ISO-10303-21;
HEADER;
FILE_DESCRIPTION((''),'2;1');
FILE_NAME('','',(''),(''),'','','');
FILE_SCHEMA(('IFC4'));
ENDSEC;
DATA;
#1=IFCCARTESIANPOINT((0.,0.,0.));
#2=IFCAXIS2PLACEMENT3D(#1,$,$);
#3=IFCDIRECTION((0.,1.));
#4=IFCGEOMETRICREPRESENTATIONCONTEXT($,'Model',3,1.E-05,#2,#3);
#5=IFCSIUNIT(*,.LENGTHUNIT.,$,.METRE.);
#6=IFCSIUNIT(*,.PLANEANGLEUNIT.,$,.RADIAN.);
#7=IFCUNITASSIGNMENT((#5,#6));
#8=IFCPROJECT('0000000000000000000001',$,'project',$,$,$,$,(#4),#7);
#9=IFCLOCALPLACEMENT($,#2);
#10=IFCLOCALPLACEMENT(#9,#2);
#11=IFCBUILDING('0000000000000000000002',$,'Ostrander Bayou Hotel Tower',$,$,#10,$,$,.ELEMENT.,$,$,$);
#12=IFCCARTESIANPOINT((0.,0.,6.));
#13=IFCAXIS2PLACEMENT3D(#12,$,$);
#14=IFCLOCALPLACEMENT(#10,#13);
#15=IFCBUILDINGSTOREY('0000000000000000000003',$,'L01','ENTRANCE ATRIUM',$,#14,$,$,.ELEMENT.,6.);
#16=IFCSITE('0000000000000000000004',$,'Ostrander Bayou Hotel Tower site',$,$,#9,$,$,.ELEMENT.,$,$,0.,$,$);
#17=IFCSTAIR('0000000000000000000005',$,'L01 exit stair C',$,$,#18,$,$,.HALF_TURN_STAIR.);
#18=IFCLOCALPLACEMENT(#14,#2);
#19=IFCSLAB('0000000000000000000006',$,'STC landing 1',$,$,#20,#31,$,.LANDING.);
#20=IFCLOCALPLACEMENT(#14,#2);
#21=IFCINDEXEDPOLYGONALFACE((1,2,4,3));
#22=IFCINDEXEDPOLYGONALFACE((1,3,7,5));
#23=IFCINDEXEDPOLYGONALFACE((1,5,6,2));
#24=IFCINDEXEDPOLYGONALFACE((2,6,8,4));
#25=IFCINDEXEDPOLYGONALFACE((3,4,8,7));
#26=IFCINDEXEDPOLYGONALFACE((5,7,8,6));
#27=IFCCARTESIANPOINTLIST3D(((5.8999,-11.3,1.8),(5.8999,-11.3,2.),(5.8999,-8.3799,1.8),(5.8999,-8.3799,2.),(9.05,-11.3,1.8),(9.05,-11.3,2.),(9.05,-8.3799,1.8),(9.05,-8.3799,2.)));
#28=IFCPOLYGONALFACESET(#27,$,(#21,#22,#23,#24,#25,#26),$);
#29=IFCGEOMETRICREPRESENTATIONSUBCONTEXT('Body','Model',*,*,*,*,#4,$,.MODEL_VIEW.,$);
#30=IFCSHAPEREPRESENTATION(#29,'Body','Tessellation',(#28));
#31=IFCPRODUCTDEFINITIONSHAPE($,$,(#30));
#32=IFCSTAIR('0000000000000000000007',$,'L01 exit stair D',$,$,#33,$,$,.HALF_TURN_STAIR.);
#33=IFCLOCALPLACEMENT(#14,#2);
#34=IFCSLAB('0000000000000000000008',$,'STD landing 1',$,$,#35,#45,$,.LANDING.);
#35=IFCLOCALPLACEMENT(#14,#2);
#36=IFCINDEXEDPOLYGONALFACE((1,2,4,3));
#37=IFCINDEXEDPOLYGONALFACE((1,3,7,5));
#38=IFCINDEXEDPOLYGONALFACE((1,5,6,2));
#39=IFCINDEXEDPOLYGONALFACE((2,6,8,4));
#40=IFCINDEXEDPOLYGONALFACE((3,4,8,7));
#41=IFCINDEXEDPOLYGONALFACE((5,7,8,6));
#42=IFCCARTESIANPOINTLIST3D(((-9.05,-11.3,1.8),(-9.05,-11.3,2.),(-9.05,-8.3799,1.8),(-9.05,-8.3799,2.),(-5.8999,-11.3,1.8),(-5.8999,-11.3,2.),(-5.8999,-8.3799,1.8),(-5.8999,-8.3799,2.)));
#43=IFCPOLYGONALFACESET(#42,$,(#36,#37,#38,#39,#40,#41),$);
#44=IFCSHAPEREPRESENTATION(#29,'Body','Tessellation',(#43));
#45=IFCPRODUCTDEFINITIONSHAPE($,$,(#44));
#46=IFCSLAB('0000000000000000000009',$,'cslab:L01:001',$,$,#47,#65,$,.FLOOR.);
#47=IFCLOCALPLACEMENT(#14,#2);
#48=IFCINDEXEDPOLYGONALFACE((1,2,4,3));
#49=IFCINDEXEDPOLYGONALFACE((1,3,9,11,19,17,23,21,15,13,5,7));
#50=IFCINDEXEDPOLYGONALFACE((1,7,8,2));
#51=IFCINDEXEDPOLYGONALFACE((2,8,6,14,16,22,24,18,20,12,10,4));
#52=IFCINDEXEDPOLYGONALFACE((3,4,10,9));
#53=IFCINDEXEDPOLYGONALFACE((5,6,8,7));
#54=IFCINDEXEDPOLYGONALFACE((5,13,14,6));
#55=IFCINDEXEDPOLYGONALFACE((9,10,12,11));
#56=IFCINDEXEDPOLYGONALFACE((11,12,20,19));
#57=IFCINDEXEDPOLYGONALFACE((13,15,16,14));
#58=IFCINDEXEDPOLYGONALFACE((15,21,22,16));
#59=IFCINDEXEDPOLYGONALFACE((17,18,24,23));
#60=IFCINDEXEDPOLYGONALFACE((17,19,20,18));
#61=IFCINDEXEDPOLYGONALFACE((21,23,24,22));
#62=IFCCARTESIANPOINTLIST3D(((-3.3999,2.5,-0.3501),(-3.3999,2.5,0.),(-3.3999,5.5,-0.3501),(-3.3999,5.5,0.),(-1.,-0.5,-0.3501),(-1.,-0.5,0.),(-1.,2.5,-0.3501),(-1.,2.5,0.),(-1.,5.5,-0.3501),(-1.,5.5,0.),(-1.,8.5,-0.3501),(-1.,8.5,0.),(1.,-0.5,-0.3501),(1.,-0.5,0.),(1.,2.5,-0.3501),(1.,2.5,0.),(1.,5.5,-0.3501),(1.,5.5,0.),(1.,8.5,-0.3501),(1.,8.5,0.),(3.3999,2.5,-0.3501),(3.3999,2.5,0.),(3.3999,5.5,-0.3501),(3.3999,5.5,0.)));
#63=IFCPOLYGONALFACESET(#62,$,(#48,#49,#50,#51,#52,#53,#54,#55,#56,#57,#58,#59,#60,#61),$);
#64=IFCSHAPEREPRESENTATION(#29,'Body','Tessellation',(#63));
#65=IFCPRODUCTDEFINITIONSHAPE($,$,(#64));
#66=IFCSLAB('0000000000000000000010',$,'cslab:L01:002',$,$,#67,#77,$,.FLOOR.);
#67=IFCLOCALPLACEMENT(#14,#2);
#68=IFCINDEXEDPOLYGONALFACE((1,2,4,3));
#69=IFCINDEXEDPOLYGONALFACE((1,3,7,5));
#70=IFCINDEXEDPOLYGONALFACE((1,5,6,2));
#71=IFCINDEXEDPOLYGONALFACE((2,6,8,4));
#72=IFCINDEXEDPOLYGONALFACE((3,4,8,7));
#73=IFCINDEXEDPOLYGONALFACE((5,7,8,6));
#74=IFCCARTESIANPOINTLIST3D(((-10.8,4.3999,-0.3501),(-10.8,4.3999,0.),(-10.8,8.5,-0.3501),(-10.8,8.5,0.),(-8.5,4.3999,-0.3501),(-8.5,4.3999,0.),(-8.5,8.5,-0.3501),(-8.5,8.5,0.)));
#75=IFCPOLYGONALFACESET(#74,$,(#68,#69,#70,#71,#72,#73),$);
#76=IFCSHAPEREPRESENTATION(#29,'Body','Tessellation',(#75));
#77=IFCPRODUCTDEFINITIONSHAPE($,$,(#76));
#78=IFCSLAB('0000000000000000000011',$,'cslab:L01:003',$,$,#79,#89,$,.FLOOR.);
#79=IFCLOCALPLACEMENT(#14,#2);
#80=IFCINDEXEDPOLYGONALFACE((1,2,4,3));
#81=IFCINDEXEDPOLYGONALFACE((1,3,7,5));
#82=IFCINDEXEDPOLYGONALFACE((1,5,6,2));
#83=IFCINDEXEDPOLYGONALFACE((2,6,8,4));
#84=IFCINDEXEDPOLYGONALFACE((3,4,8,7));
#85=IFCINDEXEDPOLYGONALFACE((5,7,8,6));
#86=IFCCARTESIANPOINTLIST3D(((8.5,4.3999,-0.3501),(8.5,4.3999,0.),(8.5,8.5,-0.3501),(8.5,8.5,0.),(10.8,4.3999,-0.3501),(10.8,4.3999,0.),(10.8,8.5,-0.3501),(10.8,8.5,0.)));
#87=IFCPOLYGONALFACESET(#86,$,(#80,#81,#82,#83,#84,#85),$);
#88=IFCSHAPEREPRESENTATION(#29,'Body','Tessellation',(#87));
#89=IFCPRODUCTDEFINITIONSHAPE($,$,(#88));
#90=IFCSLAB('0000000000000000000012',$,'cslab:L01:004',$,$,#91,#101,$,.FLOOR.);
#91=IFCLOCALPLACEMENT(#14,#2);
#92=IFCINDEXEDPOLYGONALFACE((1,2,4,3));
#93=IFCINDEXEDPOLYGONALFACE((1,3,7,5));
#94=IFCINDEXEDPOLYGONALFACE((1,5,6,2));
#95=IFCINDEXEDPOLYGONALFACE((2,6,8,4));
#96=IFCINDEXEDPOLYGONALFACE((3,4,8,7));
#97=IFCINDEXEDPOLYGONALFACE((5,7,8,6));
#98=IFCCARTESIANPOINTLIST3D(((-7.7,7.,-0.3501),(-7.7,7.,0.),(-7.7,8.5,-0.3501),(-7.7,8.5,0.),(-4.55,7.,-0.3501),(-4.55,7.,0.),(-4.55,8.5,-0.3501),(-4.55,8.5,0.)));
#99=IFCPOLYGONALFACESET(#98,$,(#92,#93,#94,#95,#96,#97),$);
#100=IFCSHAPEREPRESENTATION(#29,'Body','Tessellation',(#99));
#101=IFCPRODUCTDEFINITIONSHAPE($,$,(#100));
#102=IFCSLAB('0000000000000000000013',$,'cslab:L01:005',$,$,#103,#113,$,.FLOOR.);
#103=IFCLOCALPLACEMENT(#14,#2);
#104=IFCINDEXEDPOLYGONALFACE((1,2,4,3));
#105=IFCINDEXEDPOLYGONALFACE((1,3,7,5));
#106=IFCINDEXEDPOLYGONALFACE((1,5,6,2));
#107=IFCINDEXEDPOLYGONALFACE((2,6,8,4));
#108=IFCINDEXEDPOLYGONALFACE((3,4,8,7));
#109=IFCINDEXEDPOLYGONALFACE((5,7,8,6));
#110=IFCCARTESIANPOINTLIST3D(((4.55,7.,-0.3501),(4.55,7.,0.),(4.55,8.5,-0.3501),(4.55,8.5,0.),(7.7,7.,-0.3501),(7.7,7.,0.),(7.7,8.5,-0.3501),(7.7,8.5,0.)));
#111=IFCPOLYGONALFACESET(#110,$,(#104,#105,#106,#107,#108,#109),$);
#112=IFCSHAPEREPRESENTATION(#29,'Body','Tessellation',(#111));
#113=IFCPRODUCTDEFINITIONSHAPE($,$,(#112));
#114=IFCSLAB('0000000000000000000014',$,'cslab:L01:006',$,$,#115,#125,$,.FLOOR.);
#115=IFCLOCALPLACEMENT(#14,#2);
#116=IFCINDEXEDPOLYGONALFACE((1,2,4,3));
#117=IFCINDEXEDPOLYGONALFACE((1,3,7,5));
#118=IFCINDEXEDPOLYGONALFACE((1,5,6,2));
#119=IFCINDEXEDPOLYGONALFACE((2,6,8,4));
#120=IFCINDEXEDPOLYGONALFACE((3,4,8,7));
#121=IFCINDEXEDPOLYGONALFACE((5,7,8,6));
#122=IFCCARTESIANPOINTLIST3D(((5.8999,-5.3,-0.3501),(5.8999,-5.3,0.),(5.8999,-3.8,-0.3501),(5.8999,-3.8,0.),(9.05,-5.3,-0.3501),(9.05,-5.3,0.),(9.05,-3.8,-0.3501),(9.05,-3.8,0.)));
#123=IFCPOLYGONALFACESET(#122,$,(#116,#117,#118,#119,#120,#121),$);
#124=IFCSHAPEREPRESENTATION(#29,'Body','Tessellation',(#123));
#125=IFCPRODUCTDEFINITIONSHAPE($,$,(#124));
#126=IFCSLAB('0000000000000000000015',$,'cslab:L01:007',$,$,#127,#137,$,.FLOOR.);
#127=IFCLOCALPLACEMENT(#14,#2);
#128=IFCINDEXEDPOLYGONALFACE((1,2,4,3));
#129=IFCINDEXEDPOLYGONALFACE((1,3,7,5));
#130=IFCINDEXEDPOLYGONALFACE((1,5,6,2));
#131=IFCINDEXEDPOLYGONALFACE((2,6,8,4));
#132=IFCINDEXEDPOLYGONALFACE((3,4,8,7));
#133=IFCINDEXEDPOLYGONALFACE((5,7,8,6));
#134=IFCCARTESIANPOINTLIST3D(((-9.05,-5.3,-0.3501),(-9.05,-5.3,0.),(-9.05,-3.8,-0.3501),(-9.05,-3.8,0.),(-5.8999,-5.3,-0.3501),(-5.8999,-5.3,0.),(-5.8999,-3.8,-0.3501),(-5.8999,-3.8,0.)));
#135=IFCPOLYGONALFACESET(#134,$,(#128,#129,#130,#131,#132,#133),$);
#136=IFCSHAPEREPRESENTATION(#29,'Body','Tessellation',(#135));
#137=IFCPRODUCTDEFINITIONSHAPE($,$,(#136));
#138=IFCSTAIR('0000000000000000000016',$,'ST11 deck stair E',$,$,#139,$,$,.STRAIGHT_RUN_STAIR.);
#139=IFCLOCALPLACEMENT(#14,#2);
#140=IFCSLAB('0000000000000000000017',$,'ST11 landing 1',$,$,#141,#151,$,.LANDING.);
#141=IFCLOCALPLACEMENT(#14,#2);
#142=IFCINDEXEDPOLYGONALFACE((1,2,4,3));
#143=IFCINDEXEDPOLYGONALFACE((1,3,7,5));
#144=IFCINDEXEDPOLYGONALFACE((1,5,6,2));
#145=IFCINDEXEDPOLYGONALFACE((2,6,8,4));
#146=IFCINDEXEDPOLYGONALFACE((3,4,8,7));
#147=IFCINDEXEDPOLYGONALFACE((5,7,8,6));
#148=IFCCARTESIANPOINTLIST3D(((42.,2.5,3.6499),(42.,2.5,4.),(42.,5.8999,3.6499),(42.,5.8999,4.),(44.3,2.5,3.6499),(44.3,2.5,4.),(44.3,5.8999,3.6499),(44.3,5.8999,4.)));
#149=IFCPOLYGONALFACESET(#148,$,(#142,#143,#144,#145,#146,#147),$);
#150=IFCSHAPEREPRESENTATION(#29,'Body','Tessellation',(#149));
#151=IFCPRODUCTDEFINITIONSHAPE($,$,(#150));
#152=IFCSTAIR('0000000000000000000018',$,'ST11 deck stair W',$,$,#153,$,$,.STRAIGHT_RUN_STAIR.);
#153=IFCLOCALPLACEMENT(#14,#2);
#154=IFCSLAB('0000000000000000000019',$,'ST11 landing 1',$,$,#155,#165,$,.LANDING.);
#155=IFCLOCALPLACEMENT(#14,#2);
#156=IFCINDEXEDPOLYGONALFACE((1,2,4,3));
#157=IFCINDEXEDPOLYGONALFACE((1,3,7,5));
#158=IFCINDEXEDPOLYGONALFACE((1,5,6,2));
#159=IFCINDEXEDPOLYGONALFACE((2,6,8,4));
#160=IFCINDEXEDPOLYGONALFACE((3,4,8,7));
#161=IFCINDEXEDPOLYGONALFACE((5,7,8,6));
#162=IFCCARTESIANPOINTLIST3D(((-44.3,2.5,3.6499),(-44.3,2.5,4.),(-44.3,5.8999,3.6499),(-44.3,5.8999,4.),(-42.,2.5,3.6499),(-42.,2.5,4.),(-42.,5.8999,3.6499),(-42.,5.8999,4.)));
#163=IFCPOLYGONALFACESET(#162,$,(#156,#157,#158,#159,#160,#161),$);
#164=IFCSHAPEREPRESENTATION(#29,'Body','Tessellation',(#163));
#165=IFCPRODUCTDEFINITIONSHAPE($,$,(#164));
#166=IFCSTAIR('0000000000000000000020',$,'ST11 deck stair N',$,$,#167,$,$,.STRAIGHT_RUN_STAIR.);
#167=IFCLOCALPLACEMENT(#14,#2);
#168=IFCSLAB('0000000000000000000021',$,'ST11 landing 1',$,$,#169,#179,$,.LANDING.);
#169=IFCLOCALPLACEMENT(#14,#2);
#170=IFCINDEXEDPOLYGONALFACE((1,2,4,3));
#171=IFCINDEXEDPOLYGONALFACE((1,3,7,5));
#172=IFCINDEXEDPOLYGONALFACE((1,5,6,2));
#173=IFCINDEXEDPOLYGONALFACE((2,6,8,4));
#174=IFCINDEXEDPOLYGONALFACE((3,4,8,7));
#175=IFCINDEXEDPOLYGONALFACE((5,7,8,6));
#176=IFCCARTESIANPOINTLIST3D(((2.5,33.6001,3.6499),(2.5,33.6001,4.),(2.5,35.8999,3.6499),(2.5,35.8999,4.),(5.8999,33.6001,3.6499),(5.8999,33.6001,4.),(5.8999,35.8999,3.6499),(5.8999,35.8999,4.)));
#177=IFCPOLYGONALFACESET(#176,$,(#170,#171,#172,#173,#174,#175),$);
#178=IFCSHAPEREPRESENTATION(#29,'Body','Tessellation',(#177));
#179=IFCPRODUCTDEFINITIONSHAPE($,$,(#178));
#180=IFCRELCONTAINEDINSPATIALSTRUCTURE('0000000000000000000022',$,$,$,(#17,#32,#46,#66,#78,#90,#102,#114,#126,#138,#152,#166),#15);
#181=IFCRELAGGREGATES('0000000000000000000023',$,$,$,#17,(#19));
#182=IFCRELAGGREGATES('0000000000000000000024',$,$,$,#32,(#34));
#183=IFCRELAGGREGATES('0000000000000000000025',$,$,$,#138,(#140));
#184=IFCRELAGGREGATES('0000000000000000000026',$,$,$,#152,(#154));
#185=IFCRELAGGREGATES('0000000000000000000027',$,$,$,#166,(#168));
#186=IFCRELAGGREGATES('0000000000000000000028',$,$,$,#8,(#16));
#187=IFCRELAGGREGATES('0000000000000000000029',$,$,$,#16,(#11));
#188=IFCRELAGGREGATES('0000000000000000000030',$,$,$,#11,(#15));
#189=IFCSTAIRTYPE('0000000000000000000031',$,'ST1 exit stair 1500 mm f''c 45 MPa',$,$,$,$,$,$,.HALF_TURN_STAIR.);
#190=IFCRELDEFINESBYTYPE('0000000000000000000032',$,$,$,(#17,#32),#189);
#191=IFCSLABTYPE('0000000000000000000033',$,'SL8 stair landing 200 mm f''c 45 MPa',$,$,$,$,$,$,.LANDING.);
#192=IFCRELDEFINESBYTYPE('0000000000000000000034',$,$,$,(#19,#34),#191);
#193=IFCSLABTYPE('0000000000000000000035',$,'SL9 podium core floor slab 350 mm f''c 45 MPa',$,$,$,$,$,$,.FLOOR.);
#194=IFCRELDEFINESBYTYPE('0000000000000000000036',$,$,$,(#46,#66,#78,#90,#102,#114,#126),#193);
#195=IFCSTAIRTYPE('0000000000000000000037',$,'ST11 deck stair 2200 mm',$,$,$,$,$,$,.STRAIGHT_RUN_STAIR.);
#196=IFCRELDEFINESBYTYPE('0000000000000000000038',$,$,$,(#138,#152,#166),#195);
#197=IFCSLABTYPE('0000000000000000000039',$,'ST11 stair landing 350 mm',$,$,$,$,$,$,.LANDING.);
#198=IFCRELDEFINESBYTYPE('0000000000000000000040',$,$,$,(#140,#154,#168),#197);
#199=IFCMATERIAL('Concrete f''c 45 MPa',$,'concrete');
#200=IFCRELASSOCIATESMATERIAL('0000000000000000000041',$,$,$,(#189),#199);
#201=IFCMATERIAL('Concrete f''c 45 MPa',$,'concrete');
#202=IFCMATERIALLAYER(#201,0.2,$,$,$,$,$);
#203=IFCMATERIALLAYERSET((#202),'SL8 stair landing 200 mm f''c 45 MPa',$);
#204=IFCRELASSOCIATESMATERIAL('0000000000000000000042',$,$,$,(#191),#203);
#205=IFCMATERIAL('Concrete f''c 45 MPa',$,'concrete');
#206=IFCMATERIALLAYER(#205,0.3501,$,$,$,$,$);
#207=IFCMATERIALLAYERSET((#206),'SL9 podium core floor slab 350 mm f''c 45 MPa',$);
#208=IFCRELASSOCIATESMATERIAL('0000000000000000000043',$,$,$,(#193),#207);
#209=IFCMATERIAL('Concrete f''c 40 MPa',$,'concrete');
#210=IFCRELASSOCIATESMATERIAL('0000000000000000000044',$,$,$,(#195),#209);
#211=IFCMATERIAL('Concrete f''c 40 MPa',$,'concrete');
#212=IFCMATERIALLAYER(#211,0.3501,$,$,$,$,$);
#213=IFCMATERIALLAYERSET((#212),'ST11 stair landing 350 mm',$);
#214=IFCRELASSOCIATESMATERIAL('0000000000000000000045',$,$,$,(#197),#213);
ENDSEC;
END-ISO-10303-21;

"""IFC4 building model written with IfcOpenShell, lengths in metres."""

from ifc_helpers import new_model, si_unit, direction, frame, origin, place, context, subcontext, project, spatial, polyline, outline, extrude, material, layer, layer_set, type_object, element, aggregate, save


model = new_model("IFC4")

# Units and contexts
model_context = context("Model", 3, precision=1e-05, world=origin(), true_north=direction((0.0, 1.0)))
body_context = subcontext(model_context, "Body", "Model", "MODEL_VIEW")
ifc_project = project(units=[si_unit("LENGTHUNIT", "METRE"), si_unit("PLANEANGLEUNIT", "RADIAN")], contexts=[model_context])

# Site, building, storey
site_placement = place(None, origin())
site = spatial("IfcSite", under=ifc_project, at=site_placement, Name="Ostrander Bayou Hotel Tower site", CompositionType="ELEMENT", RefElevation=0.0)
building_placement = place(site_placement, origin())
building = spatial("IfcBuilding", under=site, at=building_placement, Name="Ostrander Bayou Hotel Tower", CompositionType="ELEMENT")
storey_placement = place(building_placement, frame((0.0, 0.0, 6.0)))
storey = spatial("IfcBuildingStorey", under=building, at=storey_placement, Name="L01", Description="ENTRANCE ATRIUM", CompositionType="ELEMENT", Elevation=6.0)

# Stairs, slabs
ifc_material_1 = material(Name="Concrete f'c 45 MPa", Category="concrete")
stair_type_1 = type_object("IfcStairType", Name="ST1 exit stair 1500 mm f'c 45 MPa", PredefinedType="HALF_TURN_STAIR", material=ifc_material_1)
ifc_material_2 = material(Name="Concrete f'c 45 MPa", Category="concrete")
ifc_layer_1 = layer(ifc_material_2, 0.2)
ifc_layer_set_1 = layer_set([ifc_layer_1], Name="SL8 stair landing 200 mm f'c 45 MPa")
slab_type_1 = type_object("IfcSlabType", Name="SL8 stair landing 200 mm f'c 45 MPa", PredefinedType="LANDING", material=ifc_layer_set_1)
stair_1_placement = place(storey_placement, origin())
stair_1 = element("IfcStair", 1, at=stair_1_placement, inside=storey, type_object=stair_type_1, Name="L01 exit stair C", PredefinedType="HALF_TURN_STAIR")
slab_1_placement = place(storey_placement, frame((0.0, 0.0, 1.8)))
slab_1 = element("IfcSlab", 2, at=slab_1_placement, type_object=slab_type_1, Name="STC landing 1", PredefinedType="LANDING", context=body_context, shape_type="SweptSolid", body=[
    extrude(outline(polyline([(5.8999, -8.3799), (5.8999, -11.3), (9.05, -11.3), (9.05, -8.3799), (5.8999, -8.3799)])), origin(), (0.0, 0.0, 1.0), 0.2),
])
aggregate(stair_1, [slab_1])
stair_2_placement = place(storey_placement, origin())
stair_2 = element("IfcStair", 3, at=stair_2_placement, inside=storey, type_object=stair_type_1, Name="L01 exit stair D", PredefinedType="HALF_TURN_STAIR")
slab_2_placement = place(storey_placement, frame((0.0, 0.0, 1.8)))
slab_2 = element("IfcSlab", 4, at=slab_2_placement, type_object=slab_type_1, Name="STD landing 1", PredefinedType="LANDING", context=body_context, shape_type="SweptSolid", body=[
    extrude(outline(polyline([(-9.05, -8.3799), (-9.05, -11.3), (-5.8999, -11.3), (-5.8999, -8.3799), (-9.05, -8.3799)])), origin(), (0.0, 0.0, 1.0), 0.2),
])
aggregate(stair_2, [slab_2])

# Slabs
ifc_material_3 = material(Name="Concrete f'c 45 MPa", Category="concrete")
ifc_layer_2 = layer(ifc_material_3, 0.3501)
ifc_layer_set_2 = layer_set([ifc_layer_2], Name="SL9 podium core floor slab 350 mm f'c 45 MPa")
slab_type_2 = type_object("IfcSlabType", Name="SL9 podium core floor slab 350 mm f'c 45 MPa", PredefinedType="FLOOR", material=ifc_layer_set_2)
slab_3_placement = place(storey_placement, frame((0.0, 0.0, -0.3501)))
element("IfcSlab", 5, at=slab_3_placement, inside=storey, type_object=slab_type_2, Name="cslab:L01:001", PredefinedType="FLOOR", context=body_context, shape_type="SweptSolid", body=[
    extrude(outline(polyline([(-3.3999, 5.5), (-1.0, 5.5), (-1.0, 8.5), (1.0, 8.5), (1.0, 5.5), (3.3999, 5.5), (3.3999, 2.5), (1.0, 2.5), (1.0, -0.5), (-1.0, -0.5), (-1.0, 2.5), (-3.3999, 2.5), (-3.3999, 5.5)])), origin(), (0.0, 0.0, 1.0), 0.3501),
])
slab_4_placement = place(storey_placement, frame((0.0, 0.0, -0.3501)))
element("IfcSlab", 6, at=slab_4_placement, inside=storey, type_object=slab_type_2, Name="cslab:L01:002", PredefinedType="FLOOR", context=body_context, shape_type="SweptSolid", body=[
    extrude(outline(polyline([(-8.5, 4.3999), (-8.5, 8.5), (-10.8, 8.5), (-10.8, 4.3999), (-8.5, 4.3999)])), origin(), (0.0, 0.0, 1.0), 0.3501),
])
slab_5_placement = place(storey_placement, frame((0.0, 0.0, -0.3501)))
element("IfcSlab", 7, at=slab_5_placement, inside=storey, type_object=slab_type_2, Name="cslab:L01:003", PredefinedType="FLOOR", context=body_context, shape_type="SweptSolid", body=[
    extrude(outline(polyline([(10.8, 4.3999), (10.8, 8.5), (8.5, 8.5), (8.5, 4.3999), (10.8, 4.3999)])), origin(), (0.0, 0.0, 1.0), 0.3501),
])
slab_6_placement = place(storey_placement, frame((0.0, 0.0, -0.3501)))
element("IfcSlab", 8, at=slab_6_placement, inside=storey, type_object=slab_type_2, Name="cslab:L01:004", PredefinedType="FLOOR", context=body_context, shape_type="SweptSolid", body=[
    extrude(outline(polyline([(-4.55, 7.0), (-4.55, 8.5), (-7.7, 8.5), (-7.7, 7.0), (-4.55, 7.0)])), origin(), (0.0, 0.0, 1.0), 0.3501),
])
slab_7_placement = place(storey_placement, frame((0.0, 0.0, -0.3501)))
element("IfcSlab", 9, at=slab_7_placement, inside=storey, type_object=slab_type_2, Name="cslab:L01:005", PredefinedType="FLOOR", context=body_context, shape_type="SweptSolid", body=[
    extrude(outline(polyline([(7.7, 7.0), (7.7, 8.5), (4.55, 8.5), (4.55, 7.0), (7.7, 7.0)])), origin(), (0.0, 0.0, 1.0), 0.3501),
])
slab_8_placement = place(storey_placement, frame((0.0, 0.0, -0.3501)))
element("IfcSlab", 10, at=slab_8_placement, inside=storey, type_object=slab_type_2, Name="cslab:L01:006", PredefinedType="FLOOR", context=body_context, shape_type="SweptSolid", body=[
    extrude(outline(polyline([(9.05, -5.3), (9.05, -3.8), (5.8999, -3.8), (5.8999, -5.3), (9.05, -5.3)])), origin(), (0.0, 0.0, 1.0), 0.3501),
])
slab_9_placement = place(storey_placement, frame((0.0, 0.0, -0.3501)))
element("IfcSlab", 11, at=slab_9_placement, inside=storey, type_object=slab_type_2, Name="cslab:L01:007", PredefinedType="FLOOR", context=body_context, shape_type="SweptSolid", body=[
    extrude(outline(polyline([(-5.8999, -5.3), (-5.8999, -3.8), (-9.05, -3.8), (-9.05, -5.3), (-5.8999, -5.3)])), origin(), (0.0, 0.0, 1.0), 0.3501),
])

# Stairs, slabs
ifc_material_4 = material(Name="Concrete f'c 40 MPa", Category="concrete")
stair_type_2 = type_object("IfcStairType", Name="ST11 deck stair 2200 mm", PredefinedType="STRAIGHT_RUN_STAIR", material=ifc_material_4)
stair_3_placement = place(storey_placement, origin())
stair_3 = element("IfcStair", 12, at=stair_3_placement, inside=storey, type_object=stair_type_2, Name="ST11 deck stair E", PredefinedType="STRAIGHT_RUN_STAIR")
ifc_material_5 = material(Name="Concrete f'c 40 MPa", Category="concrete")
ifc_layer_3 = layer(ifc_material_5, 0.3501)
ifc_layer_set_3 = layer_set([ifc_layer_3], Name="ST11 stair landing 350 mm")
slab_type_3 = type_object("IfcSlabType", Name="ST11 stair landing 350 mm", PredefinedType="LANDING", material=ifc_layer_set_3)
slab_10_placement = place(storey_placement, frame((0.0, 0.0, 3.6499)))
slab_10 = element("IfcSlab", 13, at=slab_10_placement, type_object=slab_type_3, Name="ST11 landing 1", PredefinedType="LANDING", context=body_context, shape_type="SweptSolid", body=[
    extrude(outline(polyline([(42.0, 2.5), (42.0, 5.8999), (44.3, 5.8999), (44.3, 2.5), (42.0, 2.5)])), origin(), (0.0, 0.0, 1.0), 0.3501),
])
aggregate(stair_3, [slab_10])
stair_4_placement = place(storey_placement, origin())
stair_4 = element("IfcStair", 14, at=stair_4_placement, inside=storey, type_object=stair_type_2, Name="ST11 deck stair W", PredefinedType="STRAIGHT_RUN_STAIR")
slab_11_placement = place(storey_placement, frame((0.0, 0.0, 3.6499)))
slab_11 = element("IfcSlab", 15, at=slab_11_placement, type_object=slab_type_3, Name="ST11 landing 1", PredefinedType="LANDING", context=body_context, shape_type="SweptSolid", body=[
    extrude(outline(polyline([(-42.0, 5.8999), (-42.0, 2.5), (-44.3, 2.5), (-44.3, 5.8999), (-42.0, 5.8999)])), origin(), (0.0, 0.0, 1.0), 0.3501),
])
aggregate(stair_4, [slab_11])
stair_5_placement = place(storey_placement, origin())
stair_5 = element("IfcStair", 16, at=stair_5_placement, inside=storey, type_object=stair_type_2, Name="ST11 deck stair N", PredefinedType="STRAIGHT_RUN_STAIR")
slab_12_placement = place(storey_placement, frame((0.0, 0.0, 3.6499)))
slab_12 = element("IfcSlab", 17, at=slab_12_placement, type_object=slab_type_3, Name="ST11 landing 1", PredefinedType="LANDING", context=body_context, shape_type="SweptSolid", body=[
    extrude(outline(polyline([(5.8999, 33.6001), (2.5, 33.6001), (2.5, 35.8999), (5.8999, 35.8999), (5.8999, 33.6001)])), origin(), (0.0, 0.0, 1.0), 0.3501),
])
aggregate(stair_5, [slab_12])

save(model, "model.ifc")
